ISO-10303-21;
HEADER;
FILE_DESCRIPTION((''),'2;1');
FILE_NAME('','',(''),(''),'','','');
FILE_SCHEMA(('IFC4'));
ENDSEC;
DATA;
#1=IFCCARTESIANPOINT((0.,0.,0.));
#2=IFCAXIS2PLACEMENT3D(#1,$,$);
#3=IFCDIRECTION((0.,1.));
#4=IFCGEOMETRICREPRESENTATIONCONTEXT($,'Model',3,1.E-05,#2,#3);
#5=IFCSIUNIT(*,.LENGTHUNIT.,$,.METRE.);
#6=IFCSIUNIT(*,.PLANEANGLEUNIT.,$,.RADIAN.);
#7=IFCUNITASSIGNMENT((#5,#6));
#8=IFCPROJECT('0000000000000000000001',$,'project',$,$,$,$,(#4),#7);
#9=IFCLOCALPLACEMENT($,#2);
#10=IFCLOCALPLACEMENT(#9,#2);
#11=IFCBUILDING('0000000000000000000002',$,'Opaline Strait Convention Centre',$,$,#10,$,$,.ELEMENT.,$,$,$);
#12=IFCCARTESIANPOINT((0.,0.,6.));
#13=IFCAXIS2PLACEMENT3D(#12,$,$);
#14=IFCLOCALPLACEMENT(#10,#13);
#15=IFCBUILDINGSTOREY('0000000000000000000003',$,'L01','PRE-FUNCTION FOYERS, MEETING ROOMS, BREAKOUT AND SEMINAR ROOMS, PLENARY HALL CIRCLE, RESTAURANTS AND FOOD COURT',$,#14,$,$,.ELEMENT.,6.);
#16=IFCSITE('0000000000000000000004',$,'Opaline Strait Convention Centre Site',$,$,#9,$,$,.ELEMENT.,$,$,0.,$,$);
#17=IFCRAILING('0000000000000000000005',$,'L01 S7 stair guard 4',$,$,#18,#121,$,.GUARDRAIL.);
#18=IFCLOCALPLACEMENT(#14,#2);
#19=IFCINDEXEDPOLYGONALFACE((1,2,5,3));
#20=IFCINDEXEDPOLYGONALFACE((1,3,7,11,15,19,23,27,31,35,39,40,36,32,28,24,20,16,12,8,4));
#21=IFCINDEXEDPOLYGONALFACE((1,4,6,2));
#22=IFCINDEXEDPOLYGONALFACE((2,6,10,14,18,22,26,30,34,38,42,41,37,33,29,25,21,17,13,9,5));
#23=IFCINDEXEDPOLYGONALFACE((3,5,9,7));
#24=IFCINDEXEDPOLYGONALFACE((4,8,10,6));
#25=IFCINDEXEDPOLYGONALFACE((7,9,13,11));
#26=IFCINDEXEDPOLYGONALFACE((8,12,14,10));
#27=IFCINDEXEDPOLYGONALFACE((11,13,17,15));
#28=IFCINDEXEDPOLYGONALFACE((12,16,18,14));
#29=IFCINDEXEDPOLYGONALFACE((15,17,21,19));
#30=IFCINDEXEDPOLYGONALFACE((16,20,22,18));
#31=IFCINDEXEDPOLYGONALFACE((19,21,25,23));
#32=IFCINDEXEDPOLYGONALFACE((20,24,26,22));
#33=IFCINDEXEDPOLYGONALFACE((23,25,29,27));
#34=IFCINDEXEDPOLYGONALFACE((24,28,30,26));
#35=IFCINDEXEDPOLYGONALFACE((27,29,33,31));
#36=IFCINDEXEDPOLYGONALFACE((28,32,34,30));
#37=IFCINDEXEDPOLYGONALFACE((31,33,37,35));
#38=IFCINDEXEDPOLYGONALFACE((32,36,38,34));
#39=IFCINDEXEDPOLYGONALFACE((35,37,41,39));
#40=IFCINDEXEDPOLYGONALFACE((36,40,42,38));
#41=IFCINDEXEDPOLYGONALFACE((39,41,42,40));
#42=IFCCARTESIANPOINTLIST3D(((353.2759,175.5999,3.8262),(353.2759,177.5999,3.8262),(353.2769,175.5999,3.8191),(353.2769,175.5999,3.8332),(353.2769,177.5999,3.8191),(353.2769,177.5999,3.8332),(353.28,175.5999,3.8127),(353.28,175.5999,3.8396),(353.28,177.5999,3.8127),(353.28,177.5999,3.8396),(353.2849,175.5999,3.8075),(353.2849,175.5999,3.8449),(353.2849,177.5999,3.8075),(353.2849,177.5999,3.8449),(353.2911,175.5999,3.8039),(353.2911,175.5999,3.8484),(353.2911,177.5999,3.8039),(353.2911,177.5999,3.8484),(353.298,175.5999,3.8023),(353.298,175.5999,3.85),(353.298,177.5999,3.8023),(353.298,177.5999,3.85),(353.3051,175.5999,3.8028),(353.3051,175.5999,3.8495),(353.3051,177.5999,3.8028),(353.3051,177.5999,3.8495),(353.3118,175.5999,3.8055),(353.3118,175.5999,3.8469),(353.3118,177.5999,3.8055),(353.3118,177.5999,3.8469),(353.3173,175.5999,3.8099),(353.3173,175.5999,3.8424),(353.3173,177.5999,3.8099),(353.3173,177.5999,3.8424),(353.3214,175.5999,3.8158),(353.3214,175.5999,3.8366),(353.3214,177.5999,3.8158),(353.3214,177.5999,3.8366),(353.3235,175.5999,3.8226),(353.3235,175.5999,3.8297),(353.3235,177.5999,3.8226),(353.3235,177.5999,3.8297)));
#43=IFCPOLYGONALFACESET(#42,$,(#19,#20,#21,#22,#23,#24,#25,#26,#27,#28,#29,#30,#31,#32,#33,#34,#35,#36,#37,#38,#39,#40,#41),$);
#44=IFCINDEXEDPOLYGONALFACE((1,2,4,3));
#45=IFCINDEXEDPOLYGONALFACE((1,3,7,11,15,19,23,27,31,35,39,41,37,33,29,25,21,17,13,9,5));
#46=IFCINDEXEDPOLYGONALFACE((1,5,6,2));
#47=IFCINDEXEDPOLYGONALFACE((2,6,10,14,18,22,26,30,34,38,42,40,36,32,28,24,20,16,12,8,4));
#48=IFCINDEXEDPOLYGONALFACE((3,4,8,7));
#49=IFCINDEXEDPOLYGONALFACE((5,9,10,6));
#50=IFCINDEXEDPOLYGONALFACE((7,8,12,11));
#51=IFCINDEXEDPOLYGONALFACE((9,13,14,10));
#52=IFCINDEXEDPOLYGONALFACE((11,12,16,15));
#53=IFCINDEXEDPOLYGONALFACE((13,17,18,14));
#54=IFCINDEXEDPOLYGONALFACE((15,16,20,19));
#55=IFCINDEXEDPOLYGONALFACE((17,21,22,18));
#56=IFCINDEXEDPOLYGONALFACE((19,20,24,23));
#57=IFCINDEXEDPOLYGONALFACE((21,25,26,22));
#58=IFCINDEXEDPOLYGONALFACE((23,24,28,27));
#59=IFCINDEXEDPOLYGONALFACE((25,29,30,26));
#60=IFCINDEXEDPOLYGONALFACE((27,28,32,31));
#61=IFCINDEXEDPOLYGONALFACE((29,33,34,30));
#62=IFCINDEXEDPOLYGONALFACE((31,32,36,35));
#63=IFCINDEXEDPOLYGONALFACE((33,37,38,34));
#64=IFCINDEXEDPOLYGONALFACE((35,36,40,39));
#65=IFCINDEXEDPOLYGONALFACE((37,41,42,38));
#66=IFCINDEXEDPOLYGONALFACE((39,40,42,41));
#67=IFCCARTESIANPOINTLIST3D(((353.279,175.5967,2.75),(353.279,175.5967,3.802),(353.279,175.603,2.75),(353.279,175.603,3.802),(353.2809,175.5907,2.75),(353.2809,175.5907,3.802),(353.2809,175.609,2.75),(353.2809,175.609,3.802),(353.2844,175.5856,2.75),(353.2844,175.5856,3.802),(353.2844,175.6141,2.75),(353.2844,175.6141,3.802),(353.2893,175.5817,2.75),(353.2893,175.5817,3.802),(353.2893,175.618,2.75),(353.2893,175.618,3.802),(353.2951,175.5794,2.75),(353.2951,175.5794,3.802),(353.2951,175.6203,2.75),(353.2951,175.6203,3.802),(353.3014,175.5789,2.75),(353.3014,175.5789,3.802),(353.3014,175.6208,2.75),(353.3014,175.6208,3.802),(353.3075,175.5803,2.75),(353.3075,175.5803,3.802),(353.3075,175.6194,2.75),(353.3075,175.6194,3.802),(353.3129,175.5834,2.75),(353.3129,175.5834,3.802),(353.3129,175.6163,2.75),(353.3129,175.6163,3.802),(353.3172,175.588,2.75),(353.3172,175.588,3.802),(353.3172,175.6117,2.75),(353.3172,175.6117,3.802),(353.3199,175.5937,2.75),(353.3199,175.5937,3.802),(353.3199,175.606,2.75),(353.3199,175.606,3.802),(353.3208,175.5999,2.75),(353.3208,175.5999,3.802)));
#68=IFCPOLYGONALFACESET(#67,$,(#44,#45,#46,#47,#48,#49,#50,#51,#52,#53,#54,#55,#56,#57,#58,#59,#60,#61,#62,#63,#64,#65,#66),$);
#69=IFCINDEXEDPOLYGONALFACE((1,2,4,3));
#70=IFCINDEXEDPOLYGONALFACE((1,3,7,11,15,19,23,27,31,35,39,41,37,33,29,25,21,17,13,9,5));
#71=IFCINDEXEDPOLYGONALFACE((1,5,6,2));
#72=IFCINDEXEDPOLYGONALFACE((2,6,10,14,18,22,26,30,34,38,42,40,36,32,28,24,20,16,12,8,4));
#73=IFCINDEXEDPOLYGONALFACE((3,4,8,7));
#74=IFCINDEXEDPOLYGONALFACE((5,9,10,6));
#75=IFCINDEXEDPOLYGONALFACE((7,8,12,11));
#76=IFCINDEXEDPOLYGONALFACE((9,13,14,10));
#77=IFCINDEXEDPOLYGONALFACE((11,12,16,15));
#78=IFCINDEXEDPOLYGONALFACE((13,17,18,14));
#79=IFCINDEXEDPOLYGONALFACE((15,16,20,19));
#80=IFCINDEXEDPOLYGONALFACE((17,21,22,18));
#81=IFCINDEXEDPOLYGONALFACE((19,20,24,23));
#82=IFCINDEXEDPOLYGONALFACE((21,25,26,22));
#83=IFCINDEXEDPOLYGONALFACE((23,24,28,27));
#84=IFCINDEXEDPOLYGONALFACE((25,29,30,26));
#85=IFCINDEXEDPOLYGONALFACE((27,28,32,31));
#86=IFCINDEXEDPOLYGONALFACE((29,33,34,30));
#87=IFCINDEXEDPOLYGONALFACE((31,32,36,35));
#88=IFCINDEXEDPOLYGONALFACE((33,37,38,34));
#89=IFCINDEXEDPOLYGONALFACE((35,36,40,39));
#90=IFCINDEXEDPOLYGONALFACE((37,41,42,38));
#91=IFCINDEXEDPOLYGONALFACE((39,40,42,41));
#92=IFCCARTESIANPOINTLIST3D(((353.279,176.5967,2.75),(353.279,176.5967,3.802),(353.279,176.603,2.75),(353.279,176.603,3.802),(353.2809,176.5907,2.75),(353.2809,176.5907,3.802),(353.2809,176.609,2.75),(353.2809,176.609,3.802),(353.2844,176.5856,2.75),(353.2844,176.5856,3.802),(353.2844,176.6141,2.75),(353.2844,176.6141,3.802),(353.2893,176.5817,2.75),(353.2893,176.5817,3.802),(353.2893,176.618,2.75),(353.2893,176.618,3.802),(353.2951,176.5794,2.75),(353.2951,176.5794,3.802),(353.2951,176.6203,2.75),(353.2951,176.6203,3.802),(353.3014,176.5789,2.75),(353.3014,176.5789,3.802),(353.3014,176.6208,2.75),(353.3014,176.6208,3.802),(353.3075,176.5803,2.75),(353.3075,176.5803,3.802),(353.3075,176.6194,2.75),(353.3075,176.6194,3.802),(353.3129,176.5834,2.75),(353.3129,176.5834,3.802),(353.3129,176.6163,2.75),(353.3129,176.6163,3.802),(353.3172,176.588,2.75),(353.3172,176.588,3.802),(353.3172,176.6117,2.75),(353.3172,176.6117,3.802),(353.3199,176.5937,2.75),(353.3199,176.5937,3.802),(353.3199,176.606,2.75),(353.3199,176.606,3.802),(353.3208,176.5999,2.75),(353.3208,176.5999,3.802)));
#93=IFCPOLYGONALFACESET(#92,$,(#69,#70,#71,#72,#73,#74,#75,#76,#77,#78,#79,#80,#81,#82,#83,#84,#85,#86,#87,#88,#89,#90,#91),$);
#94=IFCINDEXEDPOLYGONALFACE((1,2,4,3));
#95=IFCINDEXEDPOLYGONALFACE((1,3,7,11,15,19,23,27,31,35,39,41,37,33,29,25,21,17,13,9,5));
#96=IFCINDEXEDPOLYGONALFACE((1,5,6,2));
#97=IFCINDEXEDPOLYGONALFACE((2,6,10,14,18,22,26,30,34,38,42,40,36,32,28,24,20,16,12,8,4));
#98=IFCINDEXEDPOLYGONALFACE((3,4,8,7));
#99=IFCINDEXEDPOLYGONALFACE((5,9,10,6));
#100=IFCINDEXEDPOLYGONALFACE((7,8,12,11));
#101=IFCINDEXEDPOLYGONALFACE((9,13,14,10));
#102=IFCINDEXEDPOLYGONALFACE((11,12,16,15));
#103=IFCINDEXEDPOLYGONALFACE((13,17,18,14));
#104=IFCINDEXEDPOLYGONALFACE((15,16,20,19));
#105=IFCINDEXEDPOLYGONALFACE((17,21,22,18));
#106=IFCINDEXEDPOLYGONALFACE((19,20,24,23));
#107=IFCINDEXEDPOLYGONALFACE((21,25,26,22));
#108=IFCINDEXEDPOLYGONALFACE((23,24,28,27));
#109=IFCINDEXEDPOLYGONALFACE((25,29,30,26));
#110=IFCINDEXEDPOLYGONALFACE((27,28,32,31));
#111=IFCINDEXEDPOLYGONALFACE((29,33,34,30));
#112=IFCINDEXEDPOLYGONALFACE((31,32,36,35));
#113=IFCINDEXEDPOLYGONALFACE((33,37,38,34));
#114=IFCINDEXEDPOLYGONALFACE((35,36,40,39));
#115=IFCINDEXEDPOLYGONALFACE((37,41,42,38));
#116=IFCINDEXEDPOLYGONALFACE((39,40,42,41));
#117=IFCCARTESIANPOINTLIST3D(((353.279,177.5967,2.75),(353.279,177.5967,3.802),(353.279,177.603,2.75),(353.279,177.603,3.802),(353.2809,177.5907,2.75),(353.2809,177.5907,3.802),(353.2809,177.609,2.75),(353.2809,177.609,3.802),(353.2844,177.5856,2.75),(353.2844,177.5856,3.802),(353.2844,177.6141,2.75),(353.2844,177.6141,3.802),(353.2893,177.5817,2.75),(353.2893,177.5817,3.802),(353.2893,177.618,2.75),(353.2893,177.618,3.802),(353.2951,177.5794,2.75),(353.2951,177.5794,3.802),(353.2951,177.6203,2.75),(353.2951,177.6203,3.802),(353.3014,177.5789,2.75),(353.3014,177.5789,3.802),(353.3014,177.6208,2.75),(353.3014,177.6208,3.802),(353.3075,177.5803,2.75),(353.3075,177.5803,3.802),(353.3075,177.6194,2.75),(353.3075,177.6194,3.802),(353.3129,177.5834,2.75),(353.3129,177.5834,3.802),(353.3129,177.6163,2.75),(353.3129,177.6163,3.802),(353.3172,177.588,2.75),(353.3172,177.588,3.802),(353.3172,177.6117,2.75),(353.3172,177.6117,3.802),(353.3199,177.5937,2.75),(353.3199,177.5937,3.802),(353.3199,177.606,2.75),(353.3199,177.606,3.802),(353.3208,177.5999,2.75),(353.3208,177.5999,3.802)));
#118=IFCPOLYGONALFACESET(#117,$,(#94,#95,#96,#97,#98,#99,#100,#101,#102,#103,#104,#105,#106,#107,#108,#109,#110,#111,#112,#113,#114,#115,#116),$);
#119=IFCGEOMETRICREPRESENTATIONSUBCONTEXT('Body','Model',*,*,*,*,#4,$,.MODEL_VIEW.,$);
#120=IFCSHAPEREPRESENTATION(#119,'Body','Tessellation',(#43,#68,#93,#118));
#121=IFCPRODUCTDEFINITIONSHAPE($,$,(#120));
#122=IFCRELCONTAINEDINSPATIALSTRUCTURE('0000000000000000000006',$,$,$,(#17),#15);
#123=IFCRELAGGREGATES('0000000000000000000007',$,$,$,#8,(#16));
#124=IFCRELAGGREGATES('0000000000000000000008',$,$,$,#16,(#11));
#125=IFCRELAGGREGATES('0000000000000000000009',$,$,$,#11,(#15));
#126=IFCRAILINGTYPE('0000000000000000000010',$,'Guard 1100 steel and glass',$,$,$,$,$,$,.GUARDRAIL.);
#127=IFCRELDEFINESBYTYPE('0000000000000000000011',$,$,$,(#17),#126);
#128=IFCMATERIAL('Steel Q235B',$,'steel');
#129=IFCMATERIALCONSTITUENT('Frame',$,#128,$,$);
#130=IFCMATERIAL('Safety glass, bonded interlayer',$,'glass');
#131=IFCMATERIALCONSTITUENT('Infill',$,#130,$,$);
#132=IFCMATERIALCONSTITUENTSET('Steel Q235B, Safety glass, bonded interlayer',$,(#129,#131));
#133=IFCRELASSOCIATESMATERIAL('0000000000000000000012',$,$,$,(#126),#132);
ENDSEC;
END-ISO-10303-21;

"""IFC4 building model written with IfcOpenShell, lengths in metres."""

from ifc_helpers import new_model, si_unit, direction, frame, origin, origin_2d, place, context, subcontext, project, spatial, circle, extrude, material, constituent, constituent_set, type_object, element, save


model = new_model("IFC4")

# Units and contexts
model_context = context("Model", 3, precision=1e-05, world=origin(), true_north=direction((0.0, 1.0)))
body_context = subcontext(model_context, "Body", "Model", "MODEL_VIEW")
ifc_project = project(units=[si_unit("LENGTHUNIT", "METRE"), si_unit("PLANEANGLEUNIT", "RADIAN")], contexts=[model_context])

# Site, building, storey
site_placement = place(None, origin())
site = spatial("IfcSite", under=ifc_project, at=site_placement, Name="Opaline Strait Convention Centre Site", CompositionType="ELEMENT", RefElevation=0.0)
building_placement = place(site_placement, origin())
building = spatial("IfcBuilding", under=site, at=building_placement, Name="Opaline Strait Convention Centre", CompositionType="ELEMENT")
storey_placement = place(building_placement, frame((0.0, 0.0, 6.0)))
storey = spatial("IfcBuildingStorey", under=building, at=storey_placement, Name="L01", Description="PRE-FUNCTION FOYERS, MEETING ROOMS, BREAKOUT AND SEMINAR ROOMS, PLENARY HALL CIRCLE, RESTAURANTS AND FOOD COURT", CompositionType="ELEMENT", Elevation=6.0)

# Shared definitions
ifc_material_1 = material(Name="Steel Q235B", Category="steel")

# Railing
ifc_constituent_1 = constituent(ifc_material_1, Name="Frame")
ifc_material_2 = material(Name="Safety glass, bonded interlayer", Category="glass")
ifc_constituent_2 = constituent(ifc_material_2, Name="Infill")
ifc_constituent_set = constituent_set(constituents=[ifc_constituent_1, ifc_constituent_2], Name="Steel Q235B, Safety glass, bonded interlayer")
railing_type_1 = type_object("IfcRailingType", Name="Guard 1100 steel and glass", PredefinedType="GUARDRAIL", material=ifc_constituent_set)
railing_1_placement = place(storey_placement, frame((353.2998, 175.5999, 2.75)))
element("IfcRailing", 1, at=railing_1_placement, inside=storey, type_object=railing_type_1, Name="L01 S7 stair guard 4", PredefinedType="GUARDRAIL", context=body_context, shape_type="SweptSolid", body=[
    extrude(circle(Radius=0.0239, at=origin_2d()), frame((0.0, 0.0, 1.0762), z_axis=(0.0, 1.0, 0.0), x_axis=(-1.0, 0.0, 0.0)), (0.0, 0.0, 1.0), 2.0),
    extrude(circle(Radius=0.021, at=origin_2d()), origin(), (0.0, 0.0, 1.0), 1.052),
    extrude(circle(Radius=0.021, at=origin_2d()), frame((0.0, 1.0, 0.0)), (0.0, 0.0, 1.0), 1.052),
    extrude(circle(Radius=0.021, at=origin_2d()), frame((0.0, 2.0, 0.0)), (0.0, 0.0, 1.0), 1.052),
])

save(model, "model.ifc")
